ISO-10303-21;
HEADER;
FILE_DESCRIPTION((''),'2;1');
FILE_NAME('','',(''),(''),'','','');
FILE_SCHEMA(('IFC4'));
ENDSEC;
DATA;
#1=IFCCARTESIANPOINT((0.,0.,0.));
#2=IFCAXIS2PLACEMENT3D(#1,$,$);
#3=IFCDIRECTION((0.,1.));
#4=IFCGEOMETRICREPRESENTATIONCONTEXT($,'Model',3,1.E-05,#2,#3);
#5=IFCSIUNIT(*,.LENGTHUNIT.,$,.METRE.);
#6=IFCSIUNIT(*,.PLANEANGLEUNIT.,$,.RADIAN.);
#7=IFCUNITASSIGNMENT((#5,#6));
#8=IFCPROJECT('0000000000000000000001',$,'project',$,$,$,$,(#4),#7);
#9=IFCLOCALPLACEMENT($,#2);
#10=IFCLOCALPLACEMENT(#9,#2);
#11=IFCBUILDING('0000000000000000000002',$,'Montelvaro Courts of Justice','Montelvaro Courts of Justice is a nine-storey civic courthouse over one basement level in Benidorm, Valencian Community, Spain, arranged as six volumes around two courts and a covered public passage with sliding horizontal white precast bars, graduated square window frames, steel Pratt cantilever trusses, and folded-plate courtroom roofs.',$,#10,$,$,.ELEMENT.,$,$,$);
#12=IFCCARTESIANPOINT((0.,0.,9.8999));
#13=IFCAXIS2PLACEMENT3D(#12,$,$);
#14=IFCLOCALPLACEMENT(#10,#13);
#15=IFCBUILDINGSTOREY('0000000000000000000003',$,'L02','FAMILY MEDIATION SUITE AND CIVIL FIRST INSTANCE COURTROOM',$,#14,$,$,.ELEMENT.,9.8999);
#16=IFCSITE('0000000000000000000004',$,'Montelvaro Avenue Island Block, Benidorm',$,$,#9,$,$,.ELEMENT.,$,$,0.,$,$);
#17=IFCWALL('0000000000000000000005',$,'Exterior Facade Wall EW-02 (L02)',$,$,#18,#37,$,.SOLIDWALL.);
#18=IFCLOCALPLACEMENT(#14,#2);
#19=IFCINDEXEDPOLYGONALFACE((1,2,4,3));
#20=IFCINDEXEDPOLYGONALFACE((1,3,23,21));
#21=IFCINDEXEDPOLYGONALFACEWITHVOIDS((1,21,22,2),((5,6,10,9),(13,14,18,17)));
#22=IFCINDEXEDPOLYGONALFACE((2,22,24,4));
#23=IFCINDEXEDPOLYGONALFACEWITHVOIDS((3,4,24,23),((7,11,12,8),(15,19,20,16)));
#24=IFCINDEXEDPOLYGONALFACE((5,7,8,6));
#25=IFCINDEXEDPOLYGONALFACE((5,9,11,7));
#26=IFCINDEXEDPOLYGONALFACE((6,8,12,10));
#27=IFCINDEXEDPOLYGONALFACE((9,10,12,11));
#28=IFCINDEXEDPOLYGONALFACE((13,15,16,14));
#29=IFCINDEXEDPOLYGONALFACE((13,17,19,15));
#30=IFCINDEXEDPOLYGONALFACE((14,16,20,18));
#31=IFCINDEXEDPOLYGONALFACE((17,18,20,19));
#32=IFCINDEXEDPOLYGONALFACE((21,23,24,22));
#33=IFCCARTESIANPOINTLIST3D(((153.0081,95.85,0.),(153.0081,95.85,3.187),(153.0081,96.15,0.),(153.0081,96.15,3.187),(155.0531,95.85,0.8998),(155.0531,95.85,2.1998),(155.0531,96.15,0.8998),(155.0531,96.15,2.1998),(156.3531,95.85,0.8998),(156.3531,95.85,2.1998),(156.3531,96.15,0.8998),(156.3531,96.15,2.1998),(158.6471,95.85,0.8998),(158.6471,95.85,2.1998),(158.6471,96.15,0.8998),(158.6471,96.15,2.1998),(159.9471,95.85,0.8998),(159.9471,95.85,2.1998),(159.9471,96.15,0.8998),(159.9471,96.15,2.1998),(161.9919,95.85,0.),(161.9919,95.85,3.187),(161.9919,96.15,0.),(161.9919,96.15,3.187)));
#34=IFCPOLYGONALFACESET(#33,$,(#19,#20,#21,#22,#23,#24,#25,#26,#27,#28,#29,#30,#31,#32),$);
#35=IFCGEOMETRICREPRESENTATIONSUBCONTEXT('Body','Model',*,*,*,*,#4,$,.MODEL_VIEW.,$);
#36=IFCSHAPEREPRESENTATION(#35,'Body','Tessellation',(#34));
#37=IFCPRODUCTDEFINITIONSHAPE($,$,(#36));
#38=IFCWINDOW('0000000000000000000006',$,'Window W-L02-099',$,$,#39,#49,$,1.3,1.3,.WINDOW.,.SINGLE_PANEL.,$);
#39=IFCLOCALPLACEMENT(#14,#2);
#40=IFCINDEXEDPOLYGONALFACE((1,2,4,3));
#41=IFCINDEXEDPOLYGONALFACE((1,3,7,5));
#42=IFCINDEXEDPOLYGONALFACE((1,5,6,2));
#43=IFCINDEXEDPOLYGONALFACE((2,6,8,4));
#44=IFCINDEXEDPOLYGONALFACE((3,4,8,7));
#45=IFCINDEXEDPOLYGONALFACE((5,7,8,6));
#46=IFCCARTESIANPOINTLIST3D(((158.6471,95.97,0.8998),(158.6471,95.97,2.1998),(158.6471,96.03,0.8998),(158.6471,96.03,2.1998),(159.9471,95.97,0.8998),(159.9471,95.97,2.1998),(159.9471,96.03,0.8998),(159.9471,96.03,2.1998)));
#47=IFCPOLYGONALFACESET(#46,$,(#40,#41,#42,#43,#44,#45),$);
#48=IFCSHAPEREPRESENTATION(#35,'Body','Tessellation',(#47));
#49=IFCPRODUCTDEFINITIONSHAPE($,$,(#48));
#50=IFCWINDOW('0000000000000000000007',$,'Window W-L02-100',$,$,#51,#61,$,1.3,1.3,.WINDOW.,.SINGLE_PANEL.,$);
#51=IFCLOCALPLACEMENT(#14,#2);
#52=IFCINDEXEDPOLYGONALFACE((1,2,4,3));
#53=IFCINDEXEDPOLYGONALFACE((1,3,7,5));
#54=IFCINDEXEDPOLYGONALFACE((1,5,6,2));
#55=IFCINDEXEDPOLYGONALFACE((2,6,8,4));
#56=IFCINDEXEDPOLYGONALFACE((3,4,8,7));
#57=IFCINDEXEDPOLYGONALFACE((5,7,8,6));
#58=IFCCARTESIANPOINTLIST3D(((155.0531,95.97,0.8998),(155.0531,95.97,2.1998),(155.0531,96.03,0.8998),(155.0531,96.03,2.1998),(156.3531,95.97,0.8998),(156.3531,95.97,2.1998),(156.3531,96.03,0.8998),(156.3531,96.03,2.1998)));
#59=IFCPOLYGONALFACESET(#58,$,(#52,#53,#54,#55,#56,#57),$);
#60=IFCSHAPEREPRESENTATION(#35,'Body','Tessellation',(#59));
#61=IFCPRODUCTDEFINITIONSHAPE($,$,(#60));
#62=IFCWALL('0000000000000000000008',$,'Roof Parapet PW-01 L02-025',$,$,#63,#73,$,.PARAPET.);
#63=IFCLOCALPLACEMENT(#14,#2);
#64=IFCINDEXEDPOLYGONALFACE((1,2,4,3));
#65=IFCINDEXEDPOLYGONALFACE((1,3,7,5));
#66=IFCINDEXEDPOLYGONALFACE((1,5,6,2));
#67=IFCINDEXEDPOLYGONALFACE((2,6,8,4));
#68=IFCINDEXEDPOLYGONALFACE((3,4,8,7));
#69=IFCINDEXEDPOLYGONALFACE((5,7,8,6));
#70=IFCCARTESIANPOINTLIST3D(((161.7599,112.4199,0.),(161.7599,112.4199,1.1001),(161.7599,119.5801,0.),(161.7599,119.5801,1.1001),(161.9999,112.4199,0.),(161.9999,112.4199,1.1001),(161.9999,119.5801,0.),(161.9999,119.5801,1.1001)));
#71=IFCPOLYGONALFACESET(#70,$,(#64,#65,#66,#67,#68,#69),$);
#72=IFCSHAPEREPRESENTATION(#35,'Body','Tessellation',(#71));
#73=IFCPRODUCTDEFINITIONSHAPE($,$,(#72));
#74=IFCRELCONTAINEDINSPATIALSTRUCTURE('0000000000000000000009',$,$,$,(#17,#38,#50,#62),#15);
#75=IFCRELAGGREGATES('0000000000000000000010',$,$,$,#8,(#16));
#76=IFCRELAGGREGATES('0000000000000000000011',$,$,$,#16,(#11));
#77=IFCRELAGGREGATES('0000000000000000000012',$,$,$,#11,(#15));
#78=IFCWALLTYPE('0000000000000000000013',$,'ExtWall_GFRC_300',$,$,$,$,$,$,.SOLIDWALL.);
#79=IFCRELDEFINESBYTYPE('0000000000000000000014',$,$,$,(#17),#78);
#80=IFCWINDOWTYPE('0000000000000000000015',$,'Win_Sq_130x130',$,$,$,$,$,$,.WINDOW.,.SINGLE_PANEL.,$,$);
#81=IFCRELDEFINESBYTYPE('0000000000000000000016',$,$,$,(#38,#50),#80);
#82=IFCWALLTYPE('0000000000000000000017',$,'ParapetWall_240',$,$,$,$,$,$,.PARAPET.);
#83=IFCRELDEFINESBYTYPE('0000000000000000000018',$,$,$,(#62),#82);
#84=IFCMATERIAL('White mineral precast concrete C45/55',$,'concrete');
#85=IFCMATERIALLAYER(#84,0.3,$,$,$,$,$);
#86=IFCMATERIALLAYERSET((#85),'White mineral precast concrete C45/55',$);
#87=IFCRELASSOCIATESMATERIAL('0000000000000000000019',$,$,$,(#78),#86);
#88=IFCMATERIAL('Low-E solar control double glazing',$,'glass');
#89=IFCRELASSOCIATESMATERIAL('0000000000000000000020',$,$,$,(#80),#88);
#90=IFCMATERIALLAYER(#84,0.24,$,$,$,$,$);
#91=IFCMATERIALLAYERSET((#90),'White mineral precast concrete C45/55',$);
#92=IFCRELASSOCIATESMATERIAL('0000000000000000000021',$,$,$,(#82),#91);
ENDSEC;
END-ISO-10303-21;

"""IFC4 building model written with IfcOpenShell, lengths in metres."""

from ifc_helpers import new_model, si_unit, direction, frame, frame_2d, origin, place, context, subcontext, project, spatial, rectangle, extrude, material, layer, layer_set, type_object, element, fill, save


model = new_model("IFC4")

# Units and contexts
model_context = context("Model", 3, precision=1e-05, world=origin(), true_north=direction((0.0, 1.0)))
body_context = subcontext(model_context, "Body", "Model", "MODEL_VIEW")
ifc_project = project(units=[si_unit("LENGTHUNIT", "METRE"), si_unit("PLANEANGLEUNIT", "RADIAN")], contexts=[model_context])

# Site, building, storey
site_placement = place(None, origin())
site = spatial("IfcSite", under=ifc_project, at=site_placement, Name="Montelvaro Avenue Island Block, Benidorm", CompositionType="ELEMENT", RefElevation=0.0)
building_placement = place(site_placement, origin())
building = spatial("IfcBuilding", under=site, at=building_placement, Name="Montelvaro Courts of Justice", Description="Montelvaro Courts of Justice is a nine-storey civic courthouse over one basement level in Benidorm, Valencian Community, Spain, arranged as six volumes around two courts and a covered public passage with sliding horizontal white precast bars, graduated square window frames, steel Pratt cantilever trusses, and folded-plate courtroom roofs.", CompositionType="ELEMENT")
storey_placement = place(building_placement, frame((0.0, 0.0, 9.8999)))
storey = spatial("IfcBuildingStorey", under=building, at=storey_placement, Name="L02", Description="FAMILY MEDIATION SUITE AND CIVIL FIRST INSTANCE COURTROOM", CompositionType="ELEMENT", Elevation=9.8999)

# Shared definitions
ifc_material_1 = material(Name="White mineral precast concrete C45/55", Category="concrete")

# Shared definitions
ifc_layer_1 = layer(ifc_material_1, 0.3)
ifc_layer_set_1 = layer_set([ifc_layer_1], Name="White mineral precast concrete C45/55")
wall_type_1 = type_object("IfcWallType", Name="ExtWall_GFRC_300", PredefinedType="SOLIDWALL", material=ifc_layer_set_1)

# Wall, openings, windows
wall_1_placement = place(storey_placement, frame((161.9919, 96.0, 0.0), z_axis=(0.0, 0.0, 1.0), x_axis=(-1.0, 0.0, 0.0)))
wall_1 = element("IfcWall", 1, at=wall_1_placement, inside=storey, type_object=wall_type_1, Name="Exterior Facade Wall EW-02 (L02)", PredefinedType="SOLIDWALL", context=body_context, shape_type="SweptSolid", body=[
    extrude(rectangle(XDim=8.9839, YDim=0.3, at=frame_2d((4.4919, 0.0))), origin(), (0.0, 0.0, 1.0), 3.187),
])
opening_1_placement = place(wall_1_placement, frame((2.0449, 0.0, 0.8999)))
opening_1 = element("IfcOpeningElement", 2, at=opening_1_placement, cuts=wall_1, PredefinedType="OPENING", context=body_context, shape_type="SweptSolid", body=[
    extrude(rectangle(XDim=1.3, YDim=1.3, at=frame_2d((0.6499, 0.6499))), frame((0.0, 0.165, 0.0), z_axis=(0.0, -1.0, 0.0), x_axis=(1.0, 0.0, 0.0)), (0.0, 0.0, 1.0), 0.3298),
])
opening_2_placement = place(wall_1_placement, frame((5.6389, 0.0, 0.8999)))
opening_2 = element("IfcOpeningElement", 3, at=opening_2_placement, cuts=wall_1, PredefinedType="OPENING", context=body_context, shape_type="SweptSolid", body=[
    extrude(rectangle(XDim=1.3, YDim=1.3, at=frame_2d((0.6499, 0.6499))), frame((0.0, 0.165, 0.0), z_axis=(0.0, -1.0, 0.0), x_axis=(1.0, 0.0, 0.0)), (0.0, 0.0, 1.0), 0.3298),
])
ifc_material_2 = material(Name="Low-E solar control double glazing", Category="glass")
window_type = type_object("IfcWindowType", Name="Win_Sq_130x130", PartitioningType="SINGLE_PANEL", PredefinedType="WINDOW", material=ifc_material_2)
window_1_placement = place(opening_1_placement, origin())
window_1 = element("IfcWindow", 4, at=window_1_placement, inside=storey, type_object=window_type, Name="Window W-L02-099", OverallHeight=1.3, OverallWidth=1.3, PartitioningType="SINGLE_PANEL", PredefinedType="WINDOW", context=body_context, shape_type="SweptSolid", body=[
    extrude(rectangle(XDim=1.3, YDim=1.3, at=frame_2d((0.6499, 0.6499))), frame((0.0, 0.03, 0.0), z_axis=(0.0, -1.0, 0.0), x_axis=(1.0, 0.0, 0.0)), (0.0, 0.0, 1.0), 0.0601),
])
fill(opening_1, window_1)
window_2_placement = place(opening_2_placement, origin())
window_2 = element("IfcWindow", 5, at=window_2_placement, inside=storey, type_object=window_type, Name="Window W-L02-100", OverallHeight=1.3, OverallWidth=1.3, PartitioningType="SINGLE_PANEL", PredefinedType="WINDOW", context=body_context, shape_type="SweptSolid", body=[
    extrude(rectangle(XDim=1.3, YDim=1.3, at=frame_2d((0.6499, 0.6499))), frame((0.0, 0.03, 0.0), z_axis=(0.0, -1.0, 0.0), x_axis=(1.0, 0.0, 0.0)), (0.0, 0.0, 1.0), 0.0601),
])
fill(opening_2, window_2)

# Wall
ifc_layer_2 = layer(ifc_material_1, 0.24)
ifc_layer_set_2 = layer_set([ifc_layer_2], Name="White mineral precast concrete C45/55")
wall_type_2 = type_object("IfcWallType", Name="ParapetWall_240", PredefinedType="PARAPET", material=ifc_layer_set_2)
wall_2_placement = place(storey_placement, frame((161.8799, 112.4199, 0.0), z_axis=(0.0, 0.0, 1.0), x_axis=(0.0, 1.0, 0.0)))
element("IfcWall", 6, at=wall_2_placement, inside=storey, type_object=wall_type_2, Name="Roof Parapet PW-01 L02-025", PredefinedType="PARAPET", context=body_context, shape_type="SweptSolid", body=[
    extrude(rectangle(XDim=7.1602, YDim=0.24, at=frame_2d((3.5801, 0.0))), origin(), (0.0, 0.0, 1.0), 1.1001),
])

save(model, "model.ifc")
